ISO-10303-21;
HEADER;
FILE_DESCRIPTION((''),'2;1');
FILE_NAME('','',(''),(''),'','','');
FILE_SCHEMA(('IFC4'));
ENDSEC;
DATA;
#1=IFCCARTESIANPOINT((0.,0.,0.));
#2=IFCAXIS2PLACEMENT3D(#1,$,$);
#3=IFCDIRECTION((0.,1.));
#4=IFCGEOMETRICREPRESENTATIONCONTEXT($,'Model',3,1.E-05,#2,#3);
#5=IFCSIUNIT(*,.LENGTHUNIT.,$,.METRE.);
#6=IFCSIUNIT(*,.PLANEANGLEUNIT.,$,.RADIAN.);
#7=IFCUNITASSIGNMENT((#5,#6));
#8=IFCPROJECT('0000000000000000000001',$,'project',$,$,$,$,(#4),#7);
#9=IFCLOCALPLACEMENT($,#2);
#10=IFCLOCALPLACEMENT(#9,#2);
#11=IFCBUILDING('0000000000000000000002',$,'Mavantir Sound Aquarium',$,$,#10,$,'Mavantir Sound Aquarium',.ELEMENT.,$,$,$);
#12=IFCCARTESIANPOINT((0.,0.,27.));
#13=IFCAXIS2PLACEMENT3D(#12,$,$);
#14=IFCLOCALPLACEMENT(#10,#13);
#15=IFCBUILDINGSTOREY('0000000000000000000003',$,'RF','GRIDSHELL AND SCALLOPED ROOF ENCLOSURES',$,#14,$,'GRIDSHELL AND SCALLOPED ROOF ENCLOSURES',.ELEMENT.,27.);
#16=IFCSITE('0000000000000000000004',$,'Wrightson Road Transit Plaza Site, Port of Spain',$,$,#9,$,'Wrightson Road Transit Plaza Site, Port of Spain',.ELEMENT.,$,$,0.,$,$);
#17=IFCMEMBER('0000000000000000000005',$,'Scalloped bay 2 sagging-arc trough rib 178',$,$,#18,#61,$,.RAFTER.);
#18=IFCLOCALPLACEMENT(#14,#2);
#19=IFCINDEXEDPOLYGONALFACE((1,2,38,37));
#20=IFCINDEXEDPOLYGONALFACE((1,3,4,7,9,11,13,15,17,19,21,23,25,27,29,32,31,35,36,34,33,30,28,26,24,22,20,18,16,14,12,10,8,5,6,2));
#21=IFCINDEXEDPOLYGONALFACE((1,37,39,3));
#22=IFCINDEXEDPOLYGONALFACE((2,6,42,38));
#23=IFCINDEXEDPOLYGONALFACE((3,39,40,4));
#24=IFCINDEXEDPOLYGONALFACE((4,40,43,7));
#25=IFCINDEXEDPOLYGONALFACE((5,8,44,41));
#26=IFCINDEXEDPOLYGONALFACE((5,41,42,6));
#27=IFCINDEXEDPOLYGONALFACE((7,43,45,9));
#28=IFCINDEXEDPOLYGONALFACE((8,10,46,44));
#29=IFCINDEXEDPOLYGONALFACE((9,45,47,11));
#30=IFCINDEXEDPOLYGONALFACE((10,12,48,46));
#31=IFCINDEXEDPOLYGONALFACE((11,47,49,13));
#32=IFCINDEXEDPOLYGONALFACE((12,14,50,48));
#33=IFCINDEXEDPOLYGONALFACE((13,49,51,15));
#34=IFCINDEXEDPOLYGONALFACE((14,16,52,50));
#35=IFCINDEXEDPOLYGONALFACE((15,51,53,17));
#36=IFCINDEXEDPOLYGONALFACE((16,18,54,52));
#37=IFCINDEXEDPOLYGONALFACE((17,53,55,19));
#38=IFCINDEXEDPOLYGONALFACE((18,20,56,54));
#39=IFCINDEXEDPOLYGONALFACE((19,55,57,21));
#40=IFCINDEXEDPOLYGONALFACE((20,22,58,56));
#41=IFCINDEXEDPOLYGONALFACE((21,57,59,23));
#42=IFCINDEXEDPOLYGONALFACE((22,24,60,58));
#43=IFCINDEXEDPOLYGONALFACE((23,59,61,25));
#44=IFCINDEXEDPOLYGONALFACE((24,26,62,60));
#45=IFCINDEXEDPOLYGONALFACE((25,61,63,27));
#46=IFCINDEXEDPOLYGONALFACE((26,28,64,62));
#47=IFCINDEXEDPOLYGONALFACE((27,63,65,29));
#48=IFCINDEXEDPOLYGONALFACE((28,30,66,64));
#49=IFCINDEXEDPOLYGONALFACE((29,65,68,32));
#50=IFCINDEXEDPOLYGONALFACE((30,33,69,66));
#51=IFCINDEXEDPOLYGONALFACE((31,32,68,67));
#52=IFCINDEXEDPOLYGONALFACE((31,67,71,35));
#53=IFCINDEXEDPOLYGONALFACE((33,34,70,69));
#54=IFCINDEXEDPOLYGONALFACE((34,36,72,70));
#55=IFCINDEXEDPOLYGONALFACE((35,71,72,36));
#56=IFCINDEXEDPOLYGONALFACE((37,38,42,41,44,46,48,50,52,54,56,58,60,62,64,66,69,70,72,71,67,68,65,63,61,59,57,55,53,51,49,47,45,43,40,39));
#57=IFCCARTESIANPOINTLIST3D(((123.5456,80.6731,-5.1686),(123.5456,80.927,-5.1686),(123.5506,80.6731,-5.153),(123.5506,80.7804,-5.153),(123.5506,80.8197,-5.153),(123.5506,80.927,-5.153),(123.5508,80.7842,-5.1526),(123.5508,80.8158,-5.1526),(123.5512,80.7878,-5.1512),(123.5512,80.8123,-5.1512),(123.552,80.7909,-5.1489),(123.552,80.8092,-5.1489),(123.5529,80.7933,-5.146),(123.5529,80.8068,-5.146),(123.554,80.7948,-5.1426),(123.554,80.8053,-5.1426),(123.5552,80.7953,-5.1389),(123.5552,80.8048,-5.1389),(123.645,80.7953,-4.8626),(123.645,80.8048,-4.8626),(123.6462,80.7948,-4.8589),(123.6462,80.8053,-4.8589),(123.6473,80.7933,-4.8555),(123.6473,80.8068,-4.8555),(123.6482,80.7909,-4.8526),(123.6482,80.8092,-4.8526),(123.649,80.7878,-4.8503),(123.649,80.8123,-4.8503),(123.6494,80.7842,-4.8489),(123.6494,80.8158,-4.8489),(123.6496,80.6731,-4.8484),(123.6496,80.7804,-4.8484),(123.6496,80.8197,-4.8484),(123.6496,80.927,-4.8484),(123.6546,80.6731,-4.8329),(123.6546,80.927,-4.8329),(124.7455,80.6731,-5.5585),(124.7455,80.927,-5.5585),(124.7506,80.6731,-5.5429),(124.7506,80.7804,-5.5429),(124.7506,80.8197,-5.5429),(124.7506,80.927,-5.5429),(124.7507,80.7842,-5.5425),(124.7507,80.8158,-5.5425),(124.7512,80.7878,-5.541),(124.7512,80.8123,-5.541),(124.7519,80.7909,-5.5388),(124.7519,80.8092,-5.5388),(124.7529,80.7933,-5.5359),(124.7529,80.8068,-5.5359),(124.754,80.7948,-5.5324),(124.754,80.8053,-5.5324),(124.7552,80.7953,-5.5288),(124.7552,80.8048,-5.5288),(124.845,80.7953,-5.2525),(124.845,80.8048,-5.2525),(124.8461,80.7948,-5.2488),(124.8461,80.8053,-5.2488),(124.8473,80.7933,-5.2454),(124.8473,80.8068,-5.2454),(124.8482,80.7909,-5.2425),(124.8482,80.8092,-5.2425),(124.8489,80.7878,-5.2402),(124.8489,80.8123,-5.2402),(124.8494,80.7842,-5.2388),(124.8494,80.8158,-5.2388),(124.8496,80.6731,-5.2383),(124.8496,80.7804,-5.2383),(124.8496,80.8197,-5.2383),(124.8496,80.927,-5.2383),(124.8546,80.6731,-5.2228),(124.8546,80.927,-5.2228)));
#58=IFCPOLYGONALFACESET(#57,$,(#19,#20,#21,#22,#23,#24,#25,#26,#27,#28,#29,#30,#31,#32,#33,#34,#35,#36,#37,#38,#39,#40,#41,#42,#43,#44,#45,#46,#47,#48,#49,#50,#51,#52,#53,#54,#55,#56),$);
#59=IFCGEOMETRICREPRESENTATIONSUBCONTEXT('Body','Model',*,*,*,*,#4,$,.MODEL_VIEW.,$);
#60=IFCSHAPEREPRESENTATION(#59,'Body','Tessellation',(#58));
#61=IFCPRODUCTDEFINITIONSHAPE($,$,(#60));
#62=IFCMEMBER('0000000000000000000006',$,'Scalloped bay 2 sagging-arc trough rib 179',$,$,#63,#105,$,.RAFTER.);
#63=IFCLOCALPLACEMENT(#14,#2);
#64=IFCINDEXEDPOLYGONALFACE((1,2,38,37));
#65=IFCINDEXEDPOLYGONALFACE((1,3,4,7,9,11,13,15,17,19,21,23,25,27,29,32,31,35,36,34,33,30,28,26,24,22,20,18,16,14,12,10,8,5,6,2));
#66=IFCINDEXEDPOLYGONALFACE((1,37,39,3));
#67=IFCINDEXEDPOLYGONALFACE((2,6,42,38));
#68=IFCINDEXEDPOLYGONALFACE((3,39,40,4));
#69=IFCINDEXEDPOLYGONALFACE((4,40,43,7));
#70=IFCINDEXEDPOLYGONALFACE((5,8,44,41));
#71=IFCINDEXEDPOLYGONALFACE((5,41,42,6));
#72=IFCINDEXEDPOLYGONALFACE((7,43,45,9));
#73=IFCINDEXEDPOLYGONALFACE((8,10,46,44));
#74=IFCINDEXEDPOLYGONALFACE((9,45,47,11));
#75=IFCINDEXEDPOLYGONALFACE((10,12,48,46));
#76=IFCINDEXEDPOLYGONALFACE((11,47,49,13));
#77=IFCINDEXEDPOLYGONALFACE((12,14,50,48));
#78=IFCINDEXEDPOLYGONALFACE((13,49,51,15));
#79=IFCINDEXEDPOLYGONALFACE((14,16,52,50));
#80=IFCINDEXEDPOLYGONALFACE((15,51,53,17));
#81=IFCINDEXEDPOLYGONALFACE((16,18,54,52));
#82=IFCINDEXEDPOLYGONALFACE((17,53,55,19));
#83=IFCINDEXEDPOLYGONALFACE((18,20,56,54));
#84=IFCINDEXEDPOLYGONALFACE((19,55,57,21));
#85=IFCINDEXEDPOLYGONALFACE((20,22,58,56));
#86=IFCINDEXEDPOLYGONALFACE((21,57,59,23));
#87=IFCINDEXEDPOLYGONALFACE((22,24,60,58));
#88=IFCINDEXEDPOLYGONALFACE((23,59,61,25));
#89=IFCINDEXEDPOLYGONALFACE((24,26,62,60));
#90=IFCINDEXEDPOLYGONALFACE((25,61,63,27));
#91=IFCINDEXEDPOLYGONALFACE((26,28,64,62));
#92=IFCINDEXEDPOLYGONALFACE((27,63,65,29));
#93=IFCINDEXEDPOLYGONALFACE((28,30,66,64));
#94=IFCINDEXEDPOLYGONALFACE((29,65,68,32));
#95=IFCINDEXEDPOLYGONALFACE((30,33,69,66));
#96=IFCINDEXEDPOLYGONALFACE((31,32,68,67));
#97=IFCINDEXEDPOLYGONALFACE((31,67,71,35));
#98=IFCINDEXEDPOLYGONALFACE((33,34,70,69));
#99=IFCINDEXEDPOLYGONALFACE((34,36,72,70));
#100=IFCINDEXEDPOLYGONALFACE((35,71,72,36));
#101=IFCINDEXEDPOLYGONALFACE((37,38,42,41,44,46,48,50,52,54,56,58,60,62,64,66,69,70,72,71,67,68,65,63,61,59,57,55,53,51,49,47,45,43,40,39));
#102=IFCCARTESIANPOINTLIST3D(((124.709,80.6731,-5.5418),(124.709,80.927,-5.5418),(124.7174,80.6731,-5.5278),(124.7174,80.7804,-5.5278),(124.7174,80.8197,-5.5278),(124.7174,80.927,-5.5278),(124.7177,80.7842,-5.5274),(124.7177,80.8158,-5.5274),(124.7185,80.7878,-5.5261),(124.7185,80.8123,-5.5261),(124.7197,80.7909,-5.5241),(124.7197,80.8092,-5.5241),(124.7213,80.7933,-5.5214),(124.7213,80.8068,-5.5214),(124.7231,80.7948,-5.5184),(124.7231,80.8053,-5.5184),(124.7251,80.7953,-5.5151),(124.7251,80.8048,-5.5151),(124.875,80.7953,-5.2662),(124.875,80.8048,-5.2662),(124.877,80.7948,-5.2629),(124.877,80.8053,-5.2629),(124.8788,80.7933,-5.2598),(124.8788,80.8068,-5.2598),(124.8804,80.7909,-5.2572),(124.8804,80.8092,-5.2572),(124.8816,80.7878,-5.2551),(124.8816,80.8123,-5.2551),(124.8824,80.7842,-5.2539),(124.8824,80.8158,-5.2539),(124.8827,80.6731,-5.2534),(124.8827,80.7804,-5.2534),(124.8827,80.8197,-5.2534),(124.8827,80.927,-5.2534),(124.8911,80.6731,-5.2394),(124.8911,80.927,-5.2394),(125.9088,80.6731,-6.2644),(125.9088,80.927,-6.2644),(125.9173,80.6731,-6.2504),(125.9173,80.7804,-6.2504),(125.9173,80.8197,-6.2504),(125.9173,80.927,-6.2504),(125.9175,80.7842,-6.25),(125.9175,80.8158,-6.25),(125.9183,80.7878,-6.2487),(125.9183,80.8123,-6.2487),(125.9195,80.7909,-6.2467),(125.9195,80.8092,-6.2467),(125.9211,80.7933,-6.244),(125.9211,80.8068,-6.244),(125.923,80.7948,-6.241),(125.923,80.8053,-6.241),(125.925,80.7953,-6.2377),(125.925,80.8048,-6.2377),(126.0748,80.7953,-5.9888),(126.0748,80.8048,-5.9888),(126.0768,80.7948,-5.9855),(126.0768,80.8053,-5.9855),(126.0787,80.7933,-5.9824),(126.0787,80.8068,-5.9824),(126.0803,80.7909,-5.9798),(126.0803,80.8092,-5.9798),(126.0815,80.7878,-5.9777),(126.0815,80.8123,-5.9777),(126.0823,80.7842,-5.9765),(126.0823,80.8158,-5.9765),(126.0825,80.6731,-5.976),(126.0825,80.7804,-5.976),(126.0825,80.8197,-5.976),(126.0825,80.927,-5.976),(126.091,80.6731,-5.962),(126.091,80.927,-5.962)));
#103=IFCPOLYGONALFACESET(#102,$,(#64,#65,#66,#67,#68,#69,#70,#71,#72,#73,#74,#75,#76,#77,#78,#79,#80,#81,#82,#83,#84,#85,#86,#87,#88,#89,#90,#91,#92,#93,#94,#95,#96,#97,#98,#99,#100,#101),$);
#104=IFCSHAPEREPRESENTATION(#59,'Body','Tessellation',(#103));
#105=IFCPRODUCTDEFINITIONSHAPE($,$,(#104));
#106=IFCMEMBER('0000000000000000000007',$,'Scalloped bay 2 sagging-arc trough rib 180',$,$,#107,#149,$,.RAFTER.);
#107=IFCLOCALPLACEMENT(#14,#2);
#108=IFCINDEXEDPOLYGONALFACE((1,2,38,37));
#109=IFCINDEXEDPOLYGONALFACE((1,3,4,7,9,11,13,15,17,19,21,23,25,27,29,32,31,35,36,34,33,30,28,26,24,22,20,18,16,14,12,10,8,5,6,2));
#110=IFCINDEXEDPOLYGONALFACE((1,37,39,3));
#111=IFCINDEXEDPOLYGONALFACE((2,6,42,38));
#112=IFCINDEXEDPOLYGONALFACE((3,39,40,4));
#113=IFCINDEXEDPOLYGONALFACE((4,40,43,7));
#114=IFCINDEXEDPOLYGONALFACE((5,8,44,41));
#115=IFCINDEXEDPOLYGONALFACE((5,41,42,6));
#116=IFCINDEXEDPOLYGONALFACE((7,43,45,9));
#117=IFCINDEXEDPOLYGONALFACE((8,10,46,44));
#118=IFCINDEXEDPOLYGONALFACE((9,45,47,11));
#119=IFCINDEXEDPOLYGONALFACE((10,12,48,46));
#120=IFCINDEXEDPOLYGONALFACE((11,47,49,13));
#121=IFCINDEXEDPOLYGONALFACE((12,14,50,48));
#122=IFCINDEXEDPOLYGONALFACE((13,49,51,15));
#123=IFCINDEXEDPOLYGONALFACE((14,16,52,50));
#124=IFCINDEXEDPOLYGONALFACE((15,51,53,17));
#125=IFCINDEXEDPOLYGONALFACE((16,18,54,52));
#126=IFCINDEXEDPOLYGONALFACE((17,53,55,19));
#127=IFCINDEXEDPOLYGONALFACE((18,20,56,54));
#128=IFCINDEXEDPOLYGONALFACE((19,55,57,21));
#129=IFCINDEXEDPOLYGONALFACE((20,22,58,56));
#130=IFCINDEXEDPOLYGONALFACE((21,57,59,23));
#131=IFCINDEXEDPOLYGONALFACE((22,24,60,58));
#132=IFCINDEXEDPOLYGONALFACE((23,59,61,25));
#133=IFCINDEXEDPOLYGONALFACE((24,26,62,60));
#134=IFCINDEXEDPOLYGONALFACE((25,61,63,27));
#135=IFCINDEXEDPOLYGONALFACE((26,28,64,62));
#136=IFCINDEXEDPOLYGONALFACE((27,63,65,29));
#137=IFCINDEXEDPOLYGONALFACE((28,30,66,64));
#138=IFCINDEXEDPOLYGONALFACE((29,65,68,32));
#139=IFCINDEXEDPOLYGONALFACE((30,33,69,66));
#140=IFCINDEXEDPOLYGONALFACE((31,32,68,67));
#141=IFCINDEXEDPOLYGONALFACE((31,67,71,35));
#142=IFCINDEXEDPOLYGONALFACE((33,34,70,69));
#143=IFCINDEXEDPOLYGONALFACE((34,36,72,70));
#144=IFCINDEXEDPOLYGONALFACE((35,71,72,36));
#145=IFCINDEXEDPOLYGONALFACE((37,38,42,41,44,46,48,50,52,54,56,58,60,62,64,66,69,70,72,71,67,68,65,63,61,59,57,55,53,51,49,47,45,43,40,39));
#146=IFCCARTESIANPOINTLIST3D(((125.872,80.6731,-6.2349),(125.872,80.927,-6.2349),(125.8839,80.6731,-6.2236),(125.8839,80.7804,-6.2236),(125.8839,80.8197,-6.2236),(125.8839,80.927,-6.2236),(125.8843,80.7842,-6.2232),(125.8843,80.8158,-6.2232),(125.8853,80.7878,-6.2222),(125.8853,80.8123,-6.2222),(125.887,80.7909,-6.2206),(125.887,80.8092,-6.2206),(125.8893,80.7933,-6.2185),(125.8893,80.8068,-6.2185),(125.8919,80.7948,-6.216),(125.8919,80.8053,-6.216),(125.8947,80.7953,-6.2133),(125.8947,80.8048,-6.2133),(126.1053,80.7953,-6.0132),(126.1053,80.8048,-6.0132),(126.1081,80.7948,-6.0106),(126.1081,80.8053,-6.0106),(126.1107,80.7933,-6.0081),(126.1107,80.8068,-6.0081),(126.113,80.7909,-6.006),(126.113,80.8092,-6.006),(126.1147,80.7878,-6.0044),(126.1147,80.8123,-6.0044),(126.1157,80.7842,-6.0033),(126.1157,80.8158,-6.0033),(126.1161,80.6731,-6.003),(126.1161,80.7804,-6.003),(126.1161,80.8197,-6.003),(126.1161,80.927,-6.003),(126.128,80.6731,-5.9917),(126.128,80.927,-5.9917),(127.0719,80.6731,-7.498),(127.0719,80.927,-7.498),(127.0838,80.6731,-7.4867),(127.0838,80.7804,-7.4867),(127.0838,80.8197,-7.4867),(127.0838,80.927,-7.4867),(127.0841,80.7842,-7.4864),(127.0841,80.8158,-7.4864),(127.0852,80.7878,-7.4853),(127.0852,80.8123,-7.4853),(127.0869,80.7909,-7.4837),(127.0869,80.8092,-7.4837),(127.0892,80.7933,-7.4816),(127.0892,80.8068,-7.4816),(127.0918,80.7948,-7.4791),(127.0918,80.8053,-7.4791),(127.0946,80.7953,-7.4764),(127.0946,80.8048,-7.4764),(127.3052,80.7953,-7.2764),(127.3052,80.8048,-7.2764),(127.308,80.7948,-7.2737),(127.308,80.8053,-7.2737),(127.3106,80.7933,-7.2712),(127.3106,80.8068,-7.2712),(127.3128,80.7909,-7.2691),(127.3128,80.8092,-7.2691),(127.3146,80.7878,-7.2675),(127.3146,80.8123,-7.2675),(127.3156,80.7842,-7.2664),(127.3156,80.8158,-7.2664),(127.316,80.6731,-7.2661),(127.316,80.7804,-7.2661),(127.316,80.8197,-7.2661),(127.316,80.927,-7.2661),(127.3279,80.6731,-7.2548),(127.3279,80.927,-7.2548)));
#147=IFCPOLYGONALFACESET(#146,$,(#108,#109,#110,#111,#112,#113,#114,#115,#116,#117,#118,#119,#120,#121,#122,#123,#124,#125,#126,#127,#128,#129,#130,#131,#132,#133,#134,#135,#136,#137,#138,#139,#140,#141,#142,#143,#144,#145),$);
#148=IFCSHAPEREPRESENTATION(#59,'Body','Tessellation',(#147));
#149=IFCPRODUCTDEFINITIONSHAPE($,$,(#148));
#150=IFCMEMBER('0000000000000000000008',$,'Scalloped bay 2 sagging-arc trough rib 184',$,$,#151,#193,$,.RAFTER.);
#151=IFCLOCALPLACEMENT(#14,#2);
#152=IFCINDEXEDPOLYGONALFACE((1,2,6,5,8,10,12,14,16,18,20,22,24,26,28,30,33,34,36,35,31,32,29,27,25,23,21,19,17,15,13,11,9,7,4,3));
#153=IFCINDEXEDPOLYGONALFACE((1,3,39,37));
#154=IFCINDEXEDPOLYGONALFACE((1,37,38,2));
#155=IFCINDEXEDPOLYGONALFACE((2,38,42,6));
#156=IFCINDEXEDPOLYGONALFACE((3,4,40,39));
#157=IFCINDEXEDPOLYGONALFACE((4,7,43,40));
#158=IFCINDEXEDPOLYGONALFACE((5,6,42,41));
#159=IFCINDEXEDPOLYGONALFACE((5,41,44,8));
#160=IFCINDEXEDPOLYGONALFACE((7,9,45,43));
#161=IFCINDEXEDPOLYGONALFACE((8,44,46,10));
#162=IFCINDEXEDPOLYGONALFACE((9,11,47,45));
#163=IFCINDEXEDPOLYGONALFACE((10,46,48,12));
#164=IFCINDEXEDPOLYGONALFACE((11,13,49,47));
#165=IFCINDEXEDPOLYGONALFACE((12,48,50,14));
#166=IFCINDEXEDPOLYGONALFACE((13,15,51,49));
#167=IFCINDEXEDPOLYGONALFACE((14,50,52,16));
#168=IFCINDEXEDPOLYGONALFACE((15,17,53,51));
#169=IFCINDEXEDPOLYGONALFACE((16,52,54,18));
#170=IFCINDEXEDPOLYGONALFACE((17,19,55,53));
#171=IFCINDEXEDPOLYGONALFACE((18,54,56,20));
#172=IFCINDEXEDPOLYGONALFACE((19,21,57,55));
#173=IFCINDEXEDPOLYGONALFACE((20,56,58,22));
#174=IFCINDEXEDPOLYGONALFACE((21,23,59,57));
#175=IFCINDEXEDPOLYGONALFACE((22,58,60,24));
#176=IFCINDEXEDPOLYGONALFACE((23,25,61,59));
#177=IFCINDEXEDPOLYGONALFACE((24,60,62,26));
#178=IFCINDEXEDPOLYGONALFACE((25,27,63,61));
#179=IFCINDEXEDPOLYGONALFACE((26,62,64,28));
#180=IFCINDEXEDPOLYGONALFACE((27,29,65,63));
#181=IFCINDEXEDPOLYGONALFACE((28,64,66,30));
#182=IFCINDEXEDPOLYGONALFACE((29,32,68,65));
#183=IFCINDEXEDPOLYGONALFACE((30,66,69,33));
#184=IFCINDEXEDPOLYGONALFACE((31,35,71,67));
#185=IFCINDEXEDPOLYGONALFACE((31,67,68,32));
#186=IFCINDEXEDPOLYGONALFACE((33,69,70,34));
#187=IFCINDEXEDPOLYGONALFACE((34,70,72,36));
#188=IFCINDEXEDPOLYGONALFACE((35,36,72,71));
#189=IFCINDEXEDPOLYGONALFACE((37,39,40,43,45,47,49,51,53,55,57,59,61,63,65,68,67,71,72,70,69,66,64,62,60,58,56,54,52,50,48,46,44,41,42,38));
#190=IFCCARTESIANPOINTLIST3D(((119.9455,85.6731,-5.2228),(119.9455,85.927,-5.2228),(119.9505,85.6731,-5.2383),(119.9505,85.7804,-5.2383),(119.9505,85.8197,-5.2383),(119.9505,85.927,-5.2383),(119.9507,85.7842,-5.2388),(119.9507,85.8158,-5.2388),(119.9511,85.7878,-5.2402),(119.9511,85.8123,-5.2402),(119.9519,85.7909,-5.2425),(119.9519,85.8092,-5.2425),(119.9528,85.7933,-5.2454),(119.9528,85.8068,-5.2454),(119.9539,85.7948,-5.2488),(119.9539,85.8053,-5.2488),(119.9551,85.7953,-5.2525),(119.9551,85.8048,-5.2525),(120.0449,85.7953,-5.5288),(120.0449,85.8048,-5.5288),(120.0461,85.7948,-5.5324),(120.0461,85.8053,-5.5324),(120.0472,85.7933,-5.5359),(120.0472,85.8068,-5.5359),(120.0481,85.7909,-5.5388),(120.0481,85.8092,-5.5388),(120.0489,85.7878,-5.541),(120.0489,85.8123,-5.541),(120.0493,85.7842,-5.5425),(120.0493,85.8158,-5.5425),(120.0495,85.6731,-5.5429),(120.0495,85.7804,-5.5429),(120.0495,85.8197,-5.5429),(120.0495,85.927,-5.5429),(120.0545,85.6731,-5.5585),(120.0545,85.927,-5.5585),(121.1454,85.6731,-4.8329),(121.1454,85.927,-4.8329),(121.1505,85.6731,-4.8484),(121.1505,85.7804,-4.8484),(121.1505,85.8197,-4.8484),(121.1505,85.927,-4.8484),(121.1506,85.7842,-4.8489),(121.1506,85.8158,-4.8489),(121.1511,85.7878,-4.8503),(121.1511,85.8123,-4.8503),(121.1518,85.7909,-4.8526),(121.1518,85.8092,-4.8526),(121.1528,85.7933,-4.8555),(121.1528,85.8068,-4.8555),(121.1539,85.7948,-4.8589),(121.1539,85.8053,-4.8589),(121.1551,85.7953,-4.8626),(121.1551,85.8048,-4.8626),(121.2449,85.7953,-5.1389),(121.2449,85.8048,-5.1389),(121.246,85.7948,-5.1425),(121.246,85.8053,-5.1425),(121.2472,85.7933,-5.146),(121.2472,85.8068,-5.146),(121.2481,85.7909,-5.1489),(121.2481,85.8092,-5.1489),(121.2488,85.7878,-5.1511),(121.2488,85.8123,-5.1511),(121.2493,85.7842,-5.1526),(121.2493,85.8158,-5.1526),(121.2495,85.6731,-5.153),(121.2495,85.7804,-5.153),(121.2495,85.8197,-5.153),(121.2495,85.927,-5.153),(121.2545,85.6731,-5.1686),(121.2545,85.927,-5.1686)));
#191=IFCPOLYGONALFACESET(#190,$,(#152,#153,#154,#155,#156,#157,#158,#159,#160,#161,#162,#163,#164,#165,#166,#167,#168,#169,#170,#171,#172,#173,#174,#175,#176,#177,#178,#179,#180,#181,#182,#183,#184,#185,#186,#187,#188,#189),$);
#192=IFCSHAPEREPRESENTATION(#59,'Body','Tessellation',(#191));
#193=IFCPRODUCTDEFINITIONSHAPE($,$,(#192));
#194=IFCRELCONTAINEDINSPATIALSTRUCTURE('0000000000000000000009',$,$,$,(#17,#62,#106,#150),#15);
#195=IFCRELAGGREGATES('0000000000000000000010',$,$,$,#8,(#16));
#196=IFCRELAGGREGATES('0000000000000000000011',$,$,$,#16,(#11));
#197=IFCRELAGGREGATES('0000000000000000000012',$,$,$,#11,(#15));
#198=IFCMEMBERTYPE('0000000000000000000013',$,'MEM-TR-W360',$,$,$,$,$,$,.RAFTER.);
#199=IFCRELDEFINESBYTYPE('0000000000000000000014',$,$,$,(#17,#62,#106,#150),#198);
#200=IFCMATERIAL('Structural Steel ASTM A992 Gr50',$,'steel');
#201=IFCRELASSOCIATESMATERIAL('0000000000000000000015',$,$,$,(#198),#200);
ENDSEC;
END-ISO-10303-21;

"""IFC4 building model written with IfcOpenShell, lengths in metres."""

from ifc_helpers import new_model, si_unit, direction, frame, origin, origin_2d, place, context, subcontext, project, spatial, i_section, extrude, material, material_profile, profile_set, type_object, element, save


model = new_model("IFC4")

# Units and contexts
model_context = context("Model", 3, precision=1e-05, world=origin(), true_north=direction((0.0, 1.0)))
body_context = subcontext(model_context, "Body", "Model", "MODEL_VIEW")
ifc_project = project(units=[si_unit("LENGTHUNIT", "METRE"), si_unit("PLANEANGLEUNIT", "RADIAN")], contexts=[model_context])

# Site, building, storey
site_placement = place(None, origin())
site = spatial("IfcSite", under=ifc_project, at=site_placement, Name="Wrightson Road Transit Plaza Site, Port of Spain", LongName="Wrightson Road Transit Plaza Site, Port of Spain", CompositionType="ELEMENT", RefElevation=0.0)
building_placement = place(site_placement, origin())
building = spatial("IfcBuilding", under=site, at=building_placement, Name="Mavantir Sound Aquarium", LongName="Mavantir Sound Aquarium", CompositionType="ELEMENT")
storey_placement = place(building_placement, frame((0.0, 0.0, 27.0)))
storey = spatial("IfcBuildingStorey", under=building, at=storey_placement, Name="RF", Description="GRIDSHELL AND SCALLOPED ROOF ENCLOSURES", LongName="GRIDSHELL AND SCALLOPED ROOF ENCLOSURES", CompositionType="ELEMENT", Elevation=27.0)

# Shared definitions
ifc_material_1 = material(Name="Structural Steel ASTM A992 Gr50", Category="steel")

# Members
ifc_material_profile_1 = material_profile(ifc_material_1, i_section(OverallWidth=0.2539, OverallDepth=0.353, WebThickness=0.0095, FlangeThickness=0.0164, FilletRadius=0.0149, at=origin_2d()), Name="W360X91")
ifc_profile_set_1 = profile_set([ifc_material_profile_1], Name="Structural Steel ASTM A992 Gr50")
member_type_1 = type_object("IfcMemberType", Name="MEM-TR-W360", PredefinedType="RAFTER", material=ifc_profile_set_1)
member_1_placement = place(storey_placement, frame((123.6001, 80.8, -5.0007), z_axis=(0.951055, 0.0, -0.30902), x_axis=(0.0, 1.0, 0.0)))
element("IfcMember", 1, at=member_1_placement, inside=storey, type_object=member_type_1, Name="Scalloped bay 2 sagging-arc trough rib 178", PredefinedType="RAFTER", context=body_context, shape_type="SweptSolid", body=[
    extrude(i_section(OverallWidth=0.2539, OverallDepth=0.353, WebThickness=0.0095, FlangeThickness=0.0164, FilletRadius=0.0149, at=origin_2d()), origin(), (0.0, 0.0, 1.0), 1.2617),
])
member_2_placement = place(storey_placement, frame((124.8, 80.8, -5.3906), z_axis=(0.856646, 0.0, -0.515905), x_axis=(0.0, 1.0, 0.0)))
element("IfcMember", 2, at=member_2_placement, inside=storey, type_object=member_type_1, Name="Scalloped bay 2 sagging-arc trough rib 179", PredefinedType="RAFTER", context=body_context, shape_type="SweptSolid", body=[
    extrude(i_section(OverallWidth=0.2539, OverallDepth=0.353, WebThickness=0.0095, FlangeThickness=0.0164, FilletRadius=0.0149, at=origin_2d()), origin(), (0.0, 0.0, 1.0), 1.4006),
])
member_3_placement = place(storey_placement, frame((126.0, 80.8, -6.1133), z_axis=(0.688727, 0.0, -0.72502), x_axis=(0.0, 1.0, 0.0)))
element("IfcMember", 3, at=member_3_placement, inside=storey, type_object=member_type_1, Name="Scalloped bay 2 sagging-arc trough rib 180", PredefinedType="RAFTER", context=body_context, shape_type="SweptSolid", body=[
    extrude(i_section(OverallWidth=0.2539, OverallDepth=0.353, WebThickness=0.0095, FlangeThickness=0.0164, FilletRadius=0.0149, at=origin_2d()), origin(), (0.0, 0.0, 1.0), 1.7422),
])
member_4_placement = place(storey_placement, frame((120.0, 85.8, -5.3906), z_axis=(0.951055, 0.0, 0.30902), x_axis=(0.0, 1.0, 0.0)))
element("IfcMember", 4, at=member_4_placement, inside=storey, type_object=member_type_1, Name="Scalloped bay 2 sagging-arc trough rib 184", PredefinedType="RAFTER", context=body_context, shape_type="SweptSolid", body=[
    extrude(i_section(OverallWidth=0.2539, OverallDepth=0.353, WebThickness=0.0095, FlangeThickness=0.0164, FilletRadius=0.0149, at=origin_2d()), origin(), (0.0, 0.0, 1.0), 1.2617),
])

save(model, "model.ifc")
